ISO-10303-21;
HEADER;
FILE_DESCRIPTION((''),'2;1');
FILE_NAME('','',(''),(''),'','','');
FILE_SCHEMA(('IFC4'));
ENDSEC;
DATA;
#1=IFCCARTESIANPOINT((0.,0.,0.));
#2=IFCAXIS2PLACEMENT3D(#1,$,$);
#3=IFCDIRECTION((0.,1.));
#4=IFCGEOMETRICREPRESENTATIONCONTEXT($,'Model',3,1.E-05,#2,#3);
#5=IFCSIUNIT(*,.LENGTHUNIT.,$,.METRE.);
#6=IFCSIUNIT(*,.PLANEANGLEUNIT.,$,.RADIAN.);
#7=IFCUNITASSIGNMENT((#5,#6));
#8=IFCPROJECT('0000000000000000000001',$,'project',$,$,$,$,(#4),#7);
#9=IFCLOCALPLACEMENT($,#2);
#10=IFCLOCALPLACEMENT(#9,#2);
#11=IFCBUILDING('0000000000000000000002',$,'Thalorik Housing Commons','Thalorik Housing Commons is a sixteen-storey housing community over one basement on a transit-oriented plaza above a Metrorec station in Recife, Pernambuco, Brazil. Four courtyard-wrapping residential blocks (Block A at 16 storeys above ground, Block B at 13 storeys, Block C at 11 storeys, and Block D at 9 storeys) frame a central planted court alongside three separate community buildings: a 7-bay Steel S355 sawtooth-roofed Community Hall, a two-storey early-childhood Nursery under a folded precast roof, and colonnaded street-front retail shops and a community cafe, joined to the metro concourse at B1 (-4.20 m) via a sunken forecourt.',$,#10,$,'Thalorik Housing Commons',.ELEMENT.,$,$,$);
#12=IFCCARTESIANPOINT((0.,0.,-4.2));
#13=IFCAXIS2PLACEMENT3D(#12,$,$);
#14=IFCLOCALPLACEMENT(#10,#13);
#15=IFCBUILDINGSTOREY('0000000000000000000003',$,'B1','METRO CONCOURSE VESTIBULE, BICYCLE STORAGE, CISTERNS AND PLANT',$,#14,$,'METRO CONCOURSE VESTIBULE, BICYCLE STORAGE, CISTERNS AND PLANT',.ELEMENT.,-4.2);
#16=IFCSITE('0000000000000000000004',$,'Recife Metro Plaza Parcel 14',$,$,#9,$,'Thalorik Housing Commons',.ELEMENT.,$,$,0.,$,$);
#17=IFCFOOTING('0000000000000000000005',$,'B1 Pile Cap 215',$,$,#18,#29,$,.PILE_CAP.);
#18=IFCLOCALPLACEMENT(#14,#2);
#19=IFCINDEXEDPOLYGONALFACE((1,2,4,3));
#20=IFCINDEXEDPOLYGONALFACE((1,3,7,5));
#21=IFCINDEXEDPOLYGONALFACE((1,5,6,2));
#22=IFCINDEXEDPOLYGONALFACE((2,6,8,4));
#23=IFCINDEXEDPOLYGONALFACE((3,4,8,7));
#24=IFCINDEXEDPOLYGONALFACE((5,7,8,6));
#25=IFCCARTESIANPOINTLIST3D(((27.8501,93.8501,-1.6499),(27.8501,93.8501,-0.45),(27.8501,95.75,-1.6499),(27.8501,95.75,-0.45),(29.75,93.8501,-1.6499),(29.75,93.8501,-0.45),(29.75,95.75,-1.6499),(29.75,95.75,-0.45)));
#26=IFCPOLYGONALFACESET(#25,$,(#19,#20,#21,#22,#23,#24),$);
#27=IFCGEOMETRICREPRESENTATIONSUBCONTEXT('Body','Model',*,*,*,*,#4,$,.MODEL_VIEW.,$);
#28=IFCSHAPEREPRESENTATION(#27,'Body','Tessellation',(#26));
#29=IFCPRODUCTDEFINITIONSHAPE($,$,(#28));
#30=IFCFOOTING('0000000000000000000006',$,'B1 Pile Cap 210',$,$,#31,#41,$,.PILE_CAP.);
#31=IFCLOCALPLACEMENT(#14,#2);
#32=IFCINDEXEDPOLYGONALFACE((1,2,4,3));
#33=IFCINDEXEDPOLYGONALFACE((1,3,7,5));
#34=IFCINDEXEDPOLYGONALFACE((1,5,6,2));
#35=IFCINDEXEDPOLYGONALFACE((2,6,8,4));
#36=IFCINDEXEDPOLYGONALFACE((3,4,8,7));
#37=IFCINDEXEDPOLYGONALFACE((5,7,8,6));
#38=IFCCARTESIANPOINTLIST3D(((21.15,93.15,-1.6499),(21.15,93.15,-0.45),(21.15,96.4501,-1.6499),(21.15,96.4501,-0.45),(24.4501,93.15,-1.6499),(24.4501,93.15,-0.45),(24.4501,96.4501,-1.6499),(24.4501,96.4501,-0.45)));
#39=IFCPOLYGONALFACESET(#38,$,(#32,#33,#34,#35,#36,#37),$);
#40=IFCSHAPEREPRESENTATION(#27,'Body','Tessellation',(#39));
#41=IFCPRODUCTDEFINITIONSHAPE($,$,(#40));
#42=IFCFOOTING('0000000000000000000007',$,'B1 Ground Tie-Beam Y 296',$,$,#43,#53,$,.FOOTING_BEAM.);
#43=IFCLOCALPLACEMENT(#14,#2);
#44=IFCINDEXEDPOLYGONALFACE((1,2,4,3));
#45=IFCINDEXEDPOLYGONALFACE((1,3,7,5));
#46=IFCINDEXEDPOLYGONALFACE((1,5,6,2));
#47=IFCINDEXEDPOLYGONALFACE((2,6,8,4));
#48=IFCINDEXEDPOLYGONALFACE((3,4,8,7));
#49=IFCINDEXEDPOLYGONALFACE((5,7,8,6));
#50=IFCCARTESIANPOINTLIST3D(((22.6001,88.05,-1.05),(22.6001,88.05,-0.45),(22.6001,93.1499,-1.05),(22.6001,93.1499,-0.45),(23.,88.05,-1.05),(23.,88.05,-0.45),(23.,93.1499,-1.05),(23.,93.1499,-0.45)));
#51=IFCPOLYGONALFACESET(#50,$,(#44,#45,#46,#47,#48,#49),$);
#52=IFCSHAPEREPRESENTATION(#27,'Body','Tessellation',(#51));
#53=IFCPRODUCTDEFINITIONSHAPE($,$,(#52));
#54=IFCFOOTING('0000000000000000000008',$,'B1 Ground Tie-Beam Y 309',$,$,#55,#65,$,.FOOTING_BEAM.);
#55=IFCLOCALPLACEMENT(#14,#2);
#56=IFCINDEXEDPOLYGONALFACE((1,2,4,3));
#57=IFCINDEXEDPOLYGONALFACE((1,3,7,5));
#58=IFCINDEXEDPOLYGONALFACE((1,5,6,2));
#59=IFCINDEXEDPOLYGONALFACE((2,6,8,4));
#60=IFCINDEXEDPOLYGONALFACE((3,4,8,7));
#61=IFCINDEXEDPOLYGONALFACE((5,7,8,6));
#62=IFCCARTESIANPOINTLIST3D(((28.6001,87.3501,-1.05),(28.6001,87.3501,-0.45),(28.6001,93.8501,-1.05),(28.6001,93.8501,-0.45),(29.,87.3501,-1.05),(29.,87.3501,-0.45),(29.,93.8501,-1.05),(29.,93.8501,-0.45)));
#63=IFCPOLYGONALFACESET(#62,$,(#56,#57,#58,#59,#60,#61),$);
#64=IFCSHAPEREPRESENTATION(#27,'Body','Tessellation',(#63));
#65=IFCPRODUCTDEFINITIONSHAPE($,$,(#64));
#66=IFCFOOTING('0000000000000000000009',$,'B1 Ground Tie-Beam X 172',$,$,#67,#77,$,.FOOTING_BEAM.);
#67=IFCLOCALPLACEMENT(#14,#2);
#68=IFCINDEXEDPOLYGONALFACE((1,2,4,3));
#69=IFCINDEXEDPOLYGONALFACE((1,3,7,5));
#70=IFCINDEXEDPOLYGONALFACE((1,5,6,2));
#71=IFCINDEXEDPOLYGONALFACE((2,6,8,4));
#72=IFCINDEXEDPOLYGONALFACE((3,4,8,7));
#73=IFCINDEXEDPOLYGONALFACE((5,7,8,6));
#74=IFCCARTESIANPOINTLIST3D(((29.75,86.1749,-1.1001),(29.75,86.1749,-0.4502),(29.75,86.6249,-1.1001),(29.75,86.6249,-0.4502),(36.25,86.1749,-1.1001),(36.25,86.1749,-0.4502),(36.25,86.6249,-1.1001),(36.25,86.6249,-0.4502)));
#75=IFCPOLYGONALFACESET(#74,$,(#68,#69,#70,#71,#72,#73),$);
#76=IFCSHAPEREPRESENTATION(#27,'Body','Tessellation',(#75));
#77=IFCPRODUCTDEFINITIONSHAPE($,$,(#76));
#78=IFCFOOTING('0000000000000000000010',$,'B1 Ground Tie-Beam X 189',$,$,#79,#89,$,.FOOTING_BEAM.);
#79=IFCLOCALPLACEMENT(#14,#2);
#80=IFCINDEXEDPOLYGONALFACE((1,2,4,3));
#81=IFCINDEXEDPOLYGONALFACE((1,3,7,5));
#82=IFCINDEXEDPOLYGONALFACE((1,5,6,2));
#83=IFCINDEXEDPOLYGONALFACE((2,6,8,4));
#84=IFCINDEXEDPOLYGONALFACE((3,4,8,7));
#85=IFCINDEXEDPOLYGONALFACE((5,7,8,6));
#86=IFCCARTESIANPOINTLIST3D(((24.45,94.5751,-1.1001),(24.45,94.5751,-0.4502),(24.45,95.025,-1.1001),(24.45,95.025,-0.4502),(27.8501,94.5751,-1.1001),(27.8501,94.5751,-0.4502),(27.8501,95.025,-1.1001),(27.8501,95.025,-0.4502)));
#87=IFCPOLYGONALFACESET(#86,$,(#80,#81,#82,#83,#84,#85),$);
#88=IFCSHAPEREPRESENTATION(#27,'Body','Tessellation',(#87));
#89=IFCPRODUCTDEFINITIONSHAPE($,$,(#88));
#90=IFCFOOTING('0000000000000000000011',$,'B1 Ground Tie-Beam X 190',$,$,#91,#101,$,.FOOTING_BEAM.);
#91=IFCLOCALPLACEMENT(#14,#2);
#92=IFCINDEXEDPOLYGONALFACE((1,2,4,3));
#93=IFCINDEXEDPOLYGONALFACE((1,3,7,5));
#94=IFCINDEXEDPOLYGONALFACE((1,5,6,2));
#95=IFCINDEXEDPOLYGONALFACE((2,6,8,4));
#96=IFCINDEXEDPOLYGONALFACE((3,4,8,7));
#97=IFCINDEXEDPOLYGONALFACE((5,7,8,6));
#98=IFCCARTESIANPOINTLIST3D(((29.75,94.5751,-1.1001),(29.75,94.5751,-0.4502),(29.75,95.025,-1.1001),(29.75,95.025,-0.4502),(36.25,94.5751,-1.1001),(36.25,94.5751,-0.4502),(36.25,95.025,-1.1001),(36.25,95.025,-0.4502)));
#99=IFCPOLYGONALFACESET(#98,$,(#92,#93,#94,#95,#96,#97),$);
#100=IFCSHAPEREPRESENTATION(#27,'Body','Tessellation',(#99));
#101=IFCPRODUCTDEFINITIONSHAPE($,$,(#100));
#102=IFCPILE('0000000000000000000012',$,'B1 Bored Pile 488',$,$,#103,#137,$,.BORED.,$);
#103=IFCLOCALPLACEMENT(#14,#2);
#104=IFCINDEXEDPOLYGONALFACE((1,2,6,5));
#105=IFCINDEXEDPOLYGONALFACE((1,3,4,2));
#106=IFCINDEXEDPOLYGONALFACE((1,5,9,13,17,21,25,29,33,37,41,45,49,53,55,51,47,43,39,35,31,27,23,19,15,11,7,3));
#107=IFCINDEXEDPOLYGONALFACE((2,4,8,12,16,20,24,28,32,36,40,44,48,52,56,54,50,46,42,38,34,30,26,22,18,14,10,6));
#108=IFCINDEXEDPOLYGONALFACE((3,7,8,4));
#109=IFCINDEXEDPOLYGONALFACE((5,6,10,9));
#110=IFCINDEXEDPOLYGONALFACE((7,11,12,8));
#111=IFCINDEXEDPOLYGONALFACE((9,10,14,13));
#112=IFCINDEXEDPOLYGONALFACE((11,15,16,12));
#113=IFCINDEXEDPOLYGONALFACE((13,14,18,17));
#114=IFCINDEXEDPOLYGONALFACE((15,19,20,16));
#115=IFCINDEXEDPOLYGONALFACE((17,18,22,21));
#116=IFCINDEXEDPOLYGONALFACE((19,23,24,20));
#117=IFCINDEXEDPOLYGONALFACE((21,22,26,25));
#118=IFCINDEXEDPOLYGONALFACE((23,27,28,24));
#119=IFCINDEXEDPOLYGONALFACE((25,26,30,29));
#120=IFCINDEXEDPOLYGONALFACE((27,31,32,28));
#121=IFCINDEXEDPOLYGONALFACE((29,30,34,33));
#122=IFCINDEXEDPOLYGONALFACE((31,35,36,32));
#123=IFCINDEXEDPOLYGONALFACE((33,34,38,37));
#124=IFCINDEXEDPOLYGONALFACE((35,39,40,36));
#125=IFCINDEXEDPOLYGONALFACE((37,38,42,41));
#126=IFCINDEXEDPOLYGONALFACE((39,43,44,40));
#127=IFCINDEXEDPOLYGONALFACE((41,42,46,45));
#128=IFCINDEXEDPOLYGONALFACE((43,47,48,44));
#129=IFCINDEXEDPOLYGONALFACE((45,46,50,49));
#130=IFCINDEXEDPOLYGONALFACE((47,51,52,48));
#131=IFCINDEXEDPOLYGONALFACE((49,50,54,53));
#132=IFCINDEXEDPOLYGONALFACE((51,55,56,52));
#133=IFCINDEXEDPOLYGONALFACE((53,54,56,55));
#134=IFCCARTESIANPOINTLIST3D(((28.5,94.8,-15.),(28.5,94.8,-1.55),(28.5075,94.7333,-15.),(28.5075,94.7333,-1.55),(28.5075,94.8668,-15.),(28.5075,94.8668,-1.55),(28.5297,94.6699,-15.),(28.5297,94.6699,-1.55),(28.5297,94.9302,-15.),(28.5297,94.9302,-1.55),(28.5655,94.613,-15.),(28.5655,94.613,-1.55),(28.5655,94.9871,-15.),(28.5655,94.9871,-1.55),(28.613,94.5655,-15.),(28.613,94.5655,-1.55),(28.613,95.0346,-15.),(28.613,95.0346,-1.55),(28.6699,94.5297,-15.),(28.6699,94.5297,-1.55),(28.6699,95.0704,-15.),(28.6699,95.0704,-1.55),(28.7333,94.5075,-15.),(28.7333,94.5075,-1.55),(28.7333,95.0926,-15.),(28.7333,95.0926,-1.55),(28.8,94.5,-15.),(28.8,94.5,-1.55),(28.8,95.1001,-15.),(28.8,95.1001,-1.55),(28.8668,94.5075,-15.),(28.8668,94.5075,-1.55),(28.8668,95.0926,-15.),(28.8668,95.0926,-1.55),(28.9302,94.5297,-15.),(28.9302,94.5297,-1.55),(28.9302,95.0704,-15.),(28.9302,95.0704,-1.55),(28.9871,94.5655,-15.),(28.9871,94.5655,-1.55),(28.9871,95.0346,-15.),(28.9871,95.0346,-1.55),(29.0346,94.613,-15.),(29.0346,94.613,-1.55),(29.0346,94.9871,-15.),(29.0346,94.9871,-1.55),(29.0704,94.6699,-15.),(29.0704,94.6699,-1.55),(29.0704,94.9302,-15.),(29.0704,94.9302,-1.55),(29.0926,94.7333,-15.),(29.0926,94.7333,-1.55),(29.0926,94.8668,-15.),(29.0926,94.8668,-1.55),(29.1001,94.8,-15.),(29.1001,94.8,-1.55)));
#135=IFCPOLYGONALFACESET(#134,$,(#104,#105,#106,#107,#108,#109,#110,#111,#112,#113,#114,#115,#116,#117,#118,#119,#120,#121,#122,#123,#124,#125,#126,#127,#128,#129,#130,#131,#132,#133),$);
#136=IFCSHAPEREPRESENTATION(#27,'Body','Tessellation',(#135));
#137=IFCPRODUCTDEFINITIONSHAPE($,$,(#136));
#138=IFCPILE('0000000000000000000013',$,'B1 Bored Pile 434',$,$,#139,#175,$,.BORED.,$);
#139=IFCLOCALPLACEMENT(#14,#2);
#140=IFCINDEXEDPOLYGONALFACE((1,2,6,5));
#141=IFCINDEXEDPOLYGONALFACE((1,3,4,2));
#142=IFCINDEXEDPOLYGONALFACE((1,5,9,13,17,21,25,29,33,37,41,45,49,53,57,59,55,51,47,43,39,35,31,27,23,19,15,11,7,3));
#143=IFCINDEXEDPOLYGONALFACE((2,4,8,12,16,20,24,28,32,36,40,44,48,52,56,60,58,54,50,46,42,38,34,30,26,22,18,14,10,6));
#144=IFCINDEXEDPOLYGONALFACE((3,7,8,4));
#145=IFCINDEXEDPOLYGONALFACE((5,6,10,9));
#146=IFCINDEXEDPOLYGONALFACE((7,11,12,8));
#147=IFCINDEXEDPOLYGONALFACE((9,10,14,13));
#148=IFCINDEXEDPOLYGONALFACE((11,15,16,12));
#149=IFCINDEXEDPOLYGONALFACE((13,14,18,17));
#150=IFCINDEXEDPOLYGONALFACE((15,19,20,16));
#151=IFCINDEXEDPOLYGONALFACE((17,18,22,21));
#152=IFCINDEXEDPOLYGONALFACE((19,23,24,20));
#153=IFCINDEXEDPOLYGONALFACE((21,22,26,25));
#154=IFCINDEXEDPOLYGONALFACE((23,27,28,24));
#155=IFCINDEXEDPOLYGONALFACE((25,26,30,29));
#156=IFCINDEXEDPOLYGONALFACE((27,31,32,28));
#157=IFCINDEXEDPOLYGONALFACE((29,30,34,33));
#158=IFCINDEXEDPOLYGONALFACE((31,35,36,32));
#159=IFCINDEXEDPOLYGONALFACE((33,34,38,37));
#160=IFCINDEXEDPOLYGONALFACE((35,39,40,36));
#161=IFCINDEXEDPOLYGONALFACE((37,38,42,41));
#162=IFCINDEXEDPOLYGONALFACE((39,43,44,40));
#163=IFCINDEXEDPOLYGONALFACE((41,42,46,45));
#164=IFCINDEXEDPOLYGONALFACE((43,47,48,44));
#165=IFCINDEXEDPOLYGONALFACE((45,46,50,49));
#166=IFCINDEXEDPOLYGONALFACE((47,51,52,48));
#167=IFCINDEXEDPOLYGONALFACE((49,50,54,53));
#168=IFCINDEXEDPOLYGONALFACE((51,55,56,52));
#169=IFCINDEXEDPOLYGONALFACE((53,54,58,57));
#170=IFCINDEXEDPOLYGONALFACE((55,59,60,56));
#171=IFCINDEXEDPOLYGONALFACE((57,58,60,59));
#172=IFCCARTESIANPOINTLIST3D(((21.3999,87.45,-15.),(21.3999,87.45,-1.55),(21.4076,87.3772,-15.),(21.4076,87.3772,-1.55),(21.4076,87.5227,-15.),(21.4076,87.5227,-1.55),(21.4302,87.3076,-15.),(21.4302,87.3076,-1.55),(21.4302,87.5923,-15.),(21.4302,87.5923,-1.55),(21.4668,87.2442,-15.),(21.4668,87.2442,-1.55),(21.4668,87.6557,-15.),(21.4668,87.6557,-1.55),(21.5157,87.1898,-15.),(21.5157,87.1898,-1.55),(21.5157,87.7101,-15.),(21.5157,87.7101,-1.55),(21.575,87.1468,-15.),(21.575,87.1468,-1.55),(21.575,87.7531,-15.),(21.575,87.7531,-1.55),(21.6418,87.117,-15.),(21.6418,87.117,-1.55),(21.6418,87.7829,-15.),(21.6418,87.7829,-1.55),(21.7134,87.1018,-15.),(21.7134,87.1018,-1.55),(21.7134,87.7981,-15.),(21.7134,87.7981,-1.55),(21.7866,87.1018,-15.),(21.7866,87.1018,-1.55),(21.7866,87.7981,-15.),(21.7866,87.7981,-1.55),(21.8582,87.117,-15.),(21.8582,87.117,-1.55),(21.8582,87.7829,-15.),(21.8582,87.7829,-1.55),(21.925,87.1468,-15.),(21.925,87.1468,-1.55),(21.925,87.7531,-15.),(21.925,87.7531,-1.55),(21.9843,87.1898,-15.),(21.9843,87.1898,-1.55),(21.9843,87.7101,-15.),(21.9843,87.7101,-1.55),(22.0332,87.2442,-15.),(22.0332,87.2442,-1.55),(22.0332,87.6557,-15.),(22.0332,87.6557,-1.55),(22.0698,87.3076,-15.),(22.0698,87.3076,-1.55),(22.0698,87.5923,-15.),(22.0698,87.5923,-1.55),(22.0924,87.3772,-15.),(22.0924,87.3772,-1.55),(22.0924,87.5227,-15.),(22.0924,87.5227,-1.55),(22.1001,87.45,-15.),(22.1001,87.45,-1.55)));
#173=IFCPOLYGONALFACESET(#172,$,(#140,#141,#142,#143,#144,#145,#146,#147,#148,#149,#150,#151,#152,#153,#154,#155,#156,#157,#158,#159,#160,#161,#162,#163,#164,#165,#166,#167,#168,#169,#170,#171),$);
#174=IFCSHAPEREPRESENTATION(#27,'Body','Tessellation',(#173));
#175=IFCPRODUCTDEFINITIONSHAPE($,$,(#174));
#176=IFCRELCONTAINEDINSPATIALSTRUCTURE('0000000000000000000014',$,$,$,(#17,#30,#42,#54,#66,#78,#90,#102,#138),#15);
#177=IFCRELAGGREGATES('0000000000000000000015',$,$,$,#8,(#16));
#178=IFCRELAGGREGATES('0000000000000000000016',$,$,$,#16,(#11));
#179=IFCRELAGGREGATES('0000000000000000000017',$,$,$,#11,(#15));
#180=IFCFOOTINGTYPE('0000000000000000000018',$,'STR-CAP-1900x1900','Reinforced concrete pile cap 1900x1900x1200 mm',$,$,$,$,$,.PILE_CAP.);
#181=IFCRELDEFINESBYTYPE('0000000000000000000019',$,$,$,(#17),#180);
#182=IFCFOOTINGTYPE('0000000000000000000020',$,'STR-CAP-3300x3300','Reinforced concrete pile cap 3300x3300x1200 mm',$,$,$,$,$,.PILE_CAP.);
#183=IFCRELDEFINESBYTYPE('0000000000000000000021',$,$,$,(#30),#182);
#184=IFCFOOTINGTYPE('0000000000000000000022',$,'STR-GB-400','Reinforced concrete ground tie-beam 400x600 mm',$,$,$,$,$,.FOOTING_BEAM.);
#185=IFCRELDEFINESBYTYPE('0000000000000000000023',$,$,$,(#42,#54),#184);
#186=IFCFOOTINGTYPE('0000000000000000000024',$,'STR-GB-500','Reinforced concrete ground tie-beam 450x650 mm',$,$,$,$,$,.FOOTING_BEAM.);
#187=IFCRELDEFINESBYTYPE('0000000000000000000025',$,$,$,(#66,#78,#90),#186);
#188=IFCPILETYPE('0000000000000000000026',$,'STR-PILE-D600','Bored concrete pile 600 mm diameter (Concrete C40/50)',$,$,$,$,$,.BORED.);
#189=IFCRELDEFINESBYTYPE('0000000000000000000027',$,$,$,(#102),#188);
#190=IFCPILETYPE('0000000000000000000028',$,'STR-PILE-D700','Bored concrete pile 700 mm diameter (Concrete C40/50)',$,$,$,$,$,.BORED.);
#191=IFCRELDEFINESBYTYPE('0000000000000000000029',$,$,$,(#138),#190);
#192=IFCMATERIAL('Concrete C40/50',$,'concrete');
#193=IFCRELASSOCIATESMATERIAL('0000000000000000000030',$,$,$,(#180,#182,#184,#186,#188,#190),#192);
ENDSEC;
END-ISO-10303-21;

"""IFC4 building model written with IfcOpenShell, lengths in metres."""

from ifc_helpers import new_model, si_unit, direction, frame, origin, origin_2d, place, context, subcontext, project, spatial, rectangle, circle, extrude, material, material_profile, profile_set, type_object, element, save


model = new_model("IFC4")

# Units and contexts
model_context = context("Model", 3, precision=1e-05, world=origin(), true_north=direction((0.0, 1.0)))
body_context = subcontext(model_context, "Body", "Model", "MODEL_VIEW")
ifc_project = project(units=[si_unit("LENGTHUNIT", "METRE"), si_unit("PLANEANGLEUNIT", "RADIAN")], contexts=[model_context])

# Site, building, storey
site_placement = place(None, origin())
site = spatial("IfcSite", under=ifc_project, at=site_placement, Name="Recife Metro Plaza Parcel 14", LongName="Thalorik Housing Commons", CompositionType="ELEMENT", RefElevation=0.0)
building_placement = place(site_placement, origin())
building = spatial("IfcBuilding", under=site, at=building_placement, Name="Thalorik Housing Commons", Description="Thalorik Housing Commons is a sixteen-storey housing community over one basement on a transit-oriented plaza above a Metrorec station in Recife, Pernambuco, Brazil. Four courtyard-wrapping residential blocks (Block A at 16 storeys above ground, Block B at 13 storeys, Block C at 11 storeys, and Block D at 9 storeys) frame a central planted court alongside three separate community buildings: a 7-bay Steel S355 sawtooth-roofed Community Hall, a two-storey early-childhood Nursery under a folded precast roof, and colonnaded street-front retail shops and a community cafe, joined to the metro concourse at B1 (-4.20 m) via a sunken forecourt.", LongName="Thalorik Housing Commons", CompositionType="ELEMENT")
storey_placement = place(building_placement, frame((0.0, 0.0, -4.2)))
storey = spatial("IfcBuildingStorey", under=building, at=storey_placement, Name="B1", Description="METRO CONCOURSE VESTIBULE, BICYCLE STORAGE, CISTERNS AND PLANT", LongName="METRO CONCOURSE VESTIBULE, BICYCLE STORAGE, CISTERNS AND PLANT", CompositionType="ELEMENT", Elevation=-4.2)

# Footings
ifc_material_1 = material(Name="Concrete C40/50", Category="concrete")
footing_type_1 = type_object("IfcFootingType", Name="STR-CAP-1900x1900", Description="Reinforced concrete pile cap 1900x1900x1200 mm", PredefinedType="PILE_CAP", material=ifc_material_1)
footing_1_placement = place(storey_placement, frame((28.8, 94.8, -1.6499), z_axis=(0.0, 0.0, 1.0), x_axis=(1.0, 0.0, 0.0)))
element("IfcFooting", 1, at=footing_1_placement, inside=storey, type_object=footing_type_1, Name="B1 Pile Cap 215", PredefinedType="PILE_CAP", context=body_context, shape_type="SweptSolid", body=[
    extrude(rectangle(XDim=1.8999, YDim=1.8999, at=origin_2d()), origin(), (0.0, 0.0, 1.0), 1.2),
])
footing_type_2 = type_object("IfcFootingType", Name="STR-CAP-3300x3300", Description="Reinforced concrete pile cap 3300x3300x1200 mm", PredefinedType="PILE_CAP", material=ifc_material_1)
footing_2_placement = place(storey_placement, frame((22.8, 94.8, -1.6499), z_axis=(0.0, 0.0, 1.0), x_axis=(1.0, 0.0, 0.0)))
element("IfcFooting", 2, at=footing_2_placement, inside=storey, type_object=footing_type_2, Name="B1 Pile Cap 210", PredefinedType="PILE_CAP", context=body_context, shape_type="SweptSolid", body=[
    extrude(rectangle(XDim=3.3, YDim=3.3, at=origin_2d()), origin(), (0.0, 0.0, 1.0), 1.2),
])
ifc_material_profile_1 = material_profile(ifc_material_1, rectangle(XDim=0.3999, YDim=0.6001, at=origin_2d()), Name="RC 400x600", Category="concrete")
ifc_profile_set_1 = profile_set([ifc_material_profile_1], Name="Concrete C40/50")
footing_type_3 = type_object("IfcFootingType", Name="STR-GB-400", Description="Reinforced concrete ground tie-beam 400x600 mm", PredefinedType="FOOTING_BEAM", material=ifc_profile_set_1)
footing_3_placement = place(storey_placement, frame((22.8, 88.05, -0.75), z_axis=(0.0, 1.0, 0.0), x_axis=(-1.0, 0.0, 0.0)))
element("IfcFooting", 3, at=footing_3_placement, inside=storey, type_object=footing_type_3, Name="B1 Ground Tie-Beam Y 296", PredefinedType="FOOTING_BEAM", context=body_context, shape_type="SweptSolid", body=[
    extrude(rectangle(XDim=0.3999, YDim=0.6001, at=origin_2d()), origin(), (0.0, 0.0, 1.0), 5.0999),
])
footing_4_placement = place(storey_placement, frame((28.8, 87.3501, -0.75), z_axis=(0.0, 1.0, 0.0), x_axis=(-1.0, 0.0, 0.0)))
element("IfcFooting", 4, at=footing_4_placement, inside=storey, type_object=footing_type_3, Name="B1 Ground Tie-Beam Y 309", PredefinedType="FOOTING_BEAM", context=body_context, shape_type="SweptSolid", body=[
    extrude(rectangle(XDim=0.3999, YDim=0.6001, at=origin_2d()), origin(), (0.0, 0.0, 1.0), 6.5),
])
ifc_material_profile_2 = material_profile(ifc_material_1, rectangle(XDim=0.45, YDim=0.6499, at=origin_2d()), Name="RC 450x650", Category="concrete")
ifc_profile_set_2 = profile_set([ifc_material_profile_2], Name="Concrete C40/50")
footing_type_4 = type_object("IfcFootingType", Name="STR-GB-500", Description="Reinforced concrete ground tie-beam 450x650 mm", PredefinedType="FOOTING_BEAM", material=ifc_profile_set_2)
footing_5_placement = place(storey_placement, frame((29.75, 86.3999, -0.7751), z_axis=(1.0, 0.0, 0.0), x_axis=(0.0, 1.0, 0.0)))
element("IfcFooting", 5, at=footing_5_placement, inside=storey, type_object=footing_type_4, Name="B1 Ground Tie-Beam X 172", PredefinedType="FOOTING_BEAM", context=body_context, shape_type="SweptSolid", body=[
    extrude(rectangle(XDim=0.45, YDim=0.6499, at=origin_2d()), origin(), (0.0, 0.0, 1.0), 6.5),
])
footing_6_placement = place(storey_placement, frame((24.45, 94.8, -0.7751), z_axis=(1.0, 0.0, 0.0), x_axis=(0.0, 1.0, 0.0)))
element("IfcFooting", 6, at=footing_6_placement, inside=storey, type_object=footing_type_4, Name="B1 Ground Tie-Beam X 189", PredefinedType="FOOTING_BEAM", context=body_context, shape_type="SweptSolid", body=[
    extrude(rectangle(XDim=0.45, YDim=0.6499, at=origin_2d()), origin(), (0.0, 0.0, 1.0), 3.4001),
])
footing_7_placement = place(storey_placement, frame((29.75, 94.8, -0.7751), z_axis=(1.0, 0.0, 0.0), x_axis=(0.0, 1.0, 0.0)))
element("IfcFooting", 7, at=footing_7_placement, inside=storey, type_object=footing_type_4, Name="B1 Ground Tie-Beam X 190", PredefinedType="FOOTING_BEAM", context=body_context, shape_type="SweptSolid", body=[
    extrude(rectangle(XDim=0.45, YDim=0.6499, at=origin_2d()), origin(), (0.0, 0.0, 1.0), 6.5),
])

# Piles
ifc_material_profile_3 = material_profile(ifc_material_1, circle(Radius=0.3, at=origin_2d()), Name="BORED PILE D600", Category="concrete")
ifc_profile_set_3 = profile_set([ifc_material_profile_3], Name="Concrete C40/50")
pile_type_1 = type_object("IfcPileType", Name="STR-PILE-D600", Description="Bored concrete pile 600 mm diameter (Concrete C40/50)", PredefinedType="BORED", material=ifc_profile_set_3)
pile_placement = place(storey_placement, frame((28.8, 94.8, -1.55), z_axis=(0.0, 0.0, -1.0), x_axis=(1.0, 0.0, 0.0)))
element("IfcPile", 8, at=pile_placement, inside=storey, type_object=pile_type_1, Name="B1 Bored Pile 488", PredefinedType="BORED", context=body_context, shape_type="SweptSolid", body=[
    extrude(circle(Radius=0.3, at=origin_2d()), origin(), (0.0, 0.0, 1.0), 13.45),
])
ifc_material_profile_4 = material_profile(ifc_material_1, circle(Radius=0.3501, at=origin_2d()), Name="BORED PILE D700", Category="concrete")
ifc_profile_set_4 = profile_set([ifc_material_profile_4], Name="Concrete C40/50")
pile_type_2 = type_object("IfcPileType", Name="STR-PILE-D700", Description="Bored concrete pile 700 mm diameter (Concrete C40/50)", PredefinedType="BORED", material=ifc_profile_set_4)
for number, where, z_axis, x_axis, name in (
    (9, (21.75, 87.45, -1.55), (0.0, 0.0, -1.0), (1.0, 0.0, 0.0), "B1 Bored Pile 434"),
):
    element("IfcPile", number, at=place(storey_placement, frame(where, z_axis=z_axis, x_axis=x_axis)), inside=storey, type_object=pile_type_2, Name=name, PredefinedType="BORED", context=body_context, shape_type="SweptSolid", body=[
        extrude(circle(Radius=0.3501, at=origin_2d()), origin(), (0.0, 0.0, 1.0), 13.45),
    ])

save(model, "model.ifc")
